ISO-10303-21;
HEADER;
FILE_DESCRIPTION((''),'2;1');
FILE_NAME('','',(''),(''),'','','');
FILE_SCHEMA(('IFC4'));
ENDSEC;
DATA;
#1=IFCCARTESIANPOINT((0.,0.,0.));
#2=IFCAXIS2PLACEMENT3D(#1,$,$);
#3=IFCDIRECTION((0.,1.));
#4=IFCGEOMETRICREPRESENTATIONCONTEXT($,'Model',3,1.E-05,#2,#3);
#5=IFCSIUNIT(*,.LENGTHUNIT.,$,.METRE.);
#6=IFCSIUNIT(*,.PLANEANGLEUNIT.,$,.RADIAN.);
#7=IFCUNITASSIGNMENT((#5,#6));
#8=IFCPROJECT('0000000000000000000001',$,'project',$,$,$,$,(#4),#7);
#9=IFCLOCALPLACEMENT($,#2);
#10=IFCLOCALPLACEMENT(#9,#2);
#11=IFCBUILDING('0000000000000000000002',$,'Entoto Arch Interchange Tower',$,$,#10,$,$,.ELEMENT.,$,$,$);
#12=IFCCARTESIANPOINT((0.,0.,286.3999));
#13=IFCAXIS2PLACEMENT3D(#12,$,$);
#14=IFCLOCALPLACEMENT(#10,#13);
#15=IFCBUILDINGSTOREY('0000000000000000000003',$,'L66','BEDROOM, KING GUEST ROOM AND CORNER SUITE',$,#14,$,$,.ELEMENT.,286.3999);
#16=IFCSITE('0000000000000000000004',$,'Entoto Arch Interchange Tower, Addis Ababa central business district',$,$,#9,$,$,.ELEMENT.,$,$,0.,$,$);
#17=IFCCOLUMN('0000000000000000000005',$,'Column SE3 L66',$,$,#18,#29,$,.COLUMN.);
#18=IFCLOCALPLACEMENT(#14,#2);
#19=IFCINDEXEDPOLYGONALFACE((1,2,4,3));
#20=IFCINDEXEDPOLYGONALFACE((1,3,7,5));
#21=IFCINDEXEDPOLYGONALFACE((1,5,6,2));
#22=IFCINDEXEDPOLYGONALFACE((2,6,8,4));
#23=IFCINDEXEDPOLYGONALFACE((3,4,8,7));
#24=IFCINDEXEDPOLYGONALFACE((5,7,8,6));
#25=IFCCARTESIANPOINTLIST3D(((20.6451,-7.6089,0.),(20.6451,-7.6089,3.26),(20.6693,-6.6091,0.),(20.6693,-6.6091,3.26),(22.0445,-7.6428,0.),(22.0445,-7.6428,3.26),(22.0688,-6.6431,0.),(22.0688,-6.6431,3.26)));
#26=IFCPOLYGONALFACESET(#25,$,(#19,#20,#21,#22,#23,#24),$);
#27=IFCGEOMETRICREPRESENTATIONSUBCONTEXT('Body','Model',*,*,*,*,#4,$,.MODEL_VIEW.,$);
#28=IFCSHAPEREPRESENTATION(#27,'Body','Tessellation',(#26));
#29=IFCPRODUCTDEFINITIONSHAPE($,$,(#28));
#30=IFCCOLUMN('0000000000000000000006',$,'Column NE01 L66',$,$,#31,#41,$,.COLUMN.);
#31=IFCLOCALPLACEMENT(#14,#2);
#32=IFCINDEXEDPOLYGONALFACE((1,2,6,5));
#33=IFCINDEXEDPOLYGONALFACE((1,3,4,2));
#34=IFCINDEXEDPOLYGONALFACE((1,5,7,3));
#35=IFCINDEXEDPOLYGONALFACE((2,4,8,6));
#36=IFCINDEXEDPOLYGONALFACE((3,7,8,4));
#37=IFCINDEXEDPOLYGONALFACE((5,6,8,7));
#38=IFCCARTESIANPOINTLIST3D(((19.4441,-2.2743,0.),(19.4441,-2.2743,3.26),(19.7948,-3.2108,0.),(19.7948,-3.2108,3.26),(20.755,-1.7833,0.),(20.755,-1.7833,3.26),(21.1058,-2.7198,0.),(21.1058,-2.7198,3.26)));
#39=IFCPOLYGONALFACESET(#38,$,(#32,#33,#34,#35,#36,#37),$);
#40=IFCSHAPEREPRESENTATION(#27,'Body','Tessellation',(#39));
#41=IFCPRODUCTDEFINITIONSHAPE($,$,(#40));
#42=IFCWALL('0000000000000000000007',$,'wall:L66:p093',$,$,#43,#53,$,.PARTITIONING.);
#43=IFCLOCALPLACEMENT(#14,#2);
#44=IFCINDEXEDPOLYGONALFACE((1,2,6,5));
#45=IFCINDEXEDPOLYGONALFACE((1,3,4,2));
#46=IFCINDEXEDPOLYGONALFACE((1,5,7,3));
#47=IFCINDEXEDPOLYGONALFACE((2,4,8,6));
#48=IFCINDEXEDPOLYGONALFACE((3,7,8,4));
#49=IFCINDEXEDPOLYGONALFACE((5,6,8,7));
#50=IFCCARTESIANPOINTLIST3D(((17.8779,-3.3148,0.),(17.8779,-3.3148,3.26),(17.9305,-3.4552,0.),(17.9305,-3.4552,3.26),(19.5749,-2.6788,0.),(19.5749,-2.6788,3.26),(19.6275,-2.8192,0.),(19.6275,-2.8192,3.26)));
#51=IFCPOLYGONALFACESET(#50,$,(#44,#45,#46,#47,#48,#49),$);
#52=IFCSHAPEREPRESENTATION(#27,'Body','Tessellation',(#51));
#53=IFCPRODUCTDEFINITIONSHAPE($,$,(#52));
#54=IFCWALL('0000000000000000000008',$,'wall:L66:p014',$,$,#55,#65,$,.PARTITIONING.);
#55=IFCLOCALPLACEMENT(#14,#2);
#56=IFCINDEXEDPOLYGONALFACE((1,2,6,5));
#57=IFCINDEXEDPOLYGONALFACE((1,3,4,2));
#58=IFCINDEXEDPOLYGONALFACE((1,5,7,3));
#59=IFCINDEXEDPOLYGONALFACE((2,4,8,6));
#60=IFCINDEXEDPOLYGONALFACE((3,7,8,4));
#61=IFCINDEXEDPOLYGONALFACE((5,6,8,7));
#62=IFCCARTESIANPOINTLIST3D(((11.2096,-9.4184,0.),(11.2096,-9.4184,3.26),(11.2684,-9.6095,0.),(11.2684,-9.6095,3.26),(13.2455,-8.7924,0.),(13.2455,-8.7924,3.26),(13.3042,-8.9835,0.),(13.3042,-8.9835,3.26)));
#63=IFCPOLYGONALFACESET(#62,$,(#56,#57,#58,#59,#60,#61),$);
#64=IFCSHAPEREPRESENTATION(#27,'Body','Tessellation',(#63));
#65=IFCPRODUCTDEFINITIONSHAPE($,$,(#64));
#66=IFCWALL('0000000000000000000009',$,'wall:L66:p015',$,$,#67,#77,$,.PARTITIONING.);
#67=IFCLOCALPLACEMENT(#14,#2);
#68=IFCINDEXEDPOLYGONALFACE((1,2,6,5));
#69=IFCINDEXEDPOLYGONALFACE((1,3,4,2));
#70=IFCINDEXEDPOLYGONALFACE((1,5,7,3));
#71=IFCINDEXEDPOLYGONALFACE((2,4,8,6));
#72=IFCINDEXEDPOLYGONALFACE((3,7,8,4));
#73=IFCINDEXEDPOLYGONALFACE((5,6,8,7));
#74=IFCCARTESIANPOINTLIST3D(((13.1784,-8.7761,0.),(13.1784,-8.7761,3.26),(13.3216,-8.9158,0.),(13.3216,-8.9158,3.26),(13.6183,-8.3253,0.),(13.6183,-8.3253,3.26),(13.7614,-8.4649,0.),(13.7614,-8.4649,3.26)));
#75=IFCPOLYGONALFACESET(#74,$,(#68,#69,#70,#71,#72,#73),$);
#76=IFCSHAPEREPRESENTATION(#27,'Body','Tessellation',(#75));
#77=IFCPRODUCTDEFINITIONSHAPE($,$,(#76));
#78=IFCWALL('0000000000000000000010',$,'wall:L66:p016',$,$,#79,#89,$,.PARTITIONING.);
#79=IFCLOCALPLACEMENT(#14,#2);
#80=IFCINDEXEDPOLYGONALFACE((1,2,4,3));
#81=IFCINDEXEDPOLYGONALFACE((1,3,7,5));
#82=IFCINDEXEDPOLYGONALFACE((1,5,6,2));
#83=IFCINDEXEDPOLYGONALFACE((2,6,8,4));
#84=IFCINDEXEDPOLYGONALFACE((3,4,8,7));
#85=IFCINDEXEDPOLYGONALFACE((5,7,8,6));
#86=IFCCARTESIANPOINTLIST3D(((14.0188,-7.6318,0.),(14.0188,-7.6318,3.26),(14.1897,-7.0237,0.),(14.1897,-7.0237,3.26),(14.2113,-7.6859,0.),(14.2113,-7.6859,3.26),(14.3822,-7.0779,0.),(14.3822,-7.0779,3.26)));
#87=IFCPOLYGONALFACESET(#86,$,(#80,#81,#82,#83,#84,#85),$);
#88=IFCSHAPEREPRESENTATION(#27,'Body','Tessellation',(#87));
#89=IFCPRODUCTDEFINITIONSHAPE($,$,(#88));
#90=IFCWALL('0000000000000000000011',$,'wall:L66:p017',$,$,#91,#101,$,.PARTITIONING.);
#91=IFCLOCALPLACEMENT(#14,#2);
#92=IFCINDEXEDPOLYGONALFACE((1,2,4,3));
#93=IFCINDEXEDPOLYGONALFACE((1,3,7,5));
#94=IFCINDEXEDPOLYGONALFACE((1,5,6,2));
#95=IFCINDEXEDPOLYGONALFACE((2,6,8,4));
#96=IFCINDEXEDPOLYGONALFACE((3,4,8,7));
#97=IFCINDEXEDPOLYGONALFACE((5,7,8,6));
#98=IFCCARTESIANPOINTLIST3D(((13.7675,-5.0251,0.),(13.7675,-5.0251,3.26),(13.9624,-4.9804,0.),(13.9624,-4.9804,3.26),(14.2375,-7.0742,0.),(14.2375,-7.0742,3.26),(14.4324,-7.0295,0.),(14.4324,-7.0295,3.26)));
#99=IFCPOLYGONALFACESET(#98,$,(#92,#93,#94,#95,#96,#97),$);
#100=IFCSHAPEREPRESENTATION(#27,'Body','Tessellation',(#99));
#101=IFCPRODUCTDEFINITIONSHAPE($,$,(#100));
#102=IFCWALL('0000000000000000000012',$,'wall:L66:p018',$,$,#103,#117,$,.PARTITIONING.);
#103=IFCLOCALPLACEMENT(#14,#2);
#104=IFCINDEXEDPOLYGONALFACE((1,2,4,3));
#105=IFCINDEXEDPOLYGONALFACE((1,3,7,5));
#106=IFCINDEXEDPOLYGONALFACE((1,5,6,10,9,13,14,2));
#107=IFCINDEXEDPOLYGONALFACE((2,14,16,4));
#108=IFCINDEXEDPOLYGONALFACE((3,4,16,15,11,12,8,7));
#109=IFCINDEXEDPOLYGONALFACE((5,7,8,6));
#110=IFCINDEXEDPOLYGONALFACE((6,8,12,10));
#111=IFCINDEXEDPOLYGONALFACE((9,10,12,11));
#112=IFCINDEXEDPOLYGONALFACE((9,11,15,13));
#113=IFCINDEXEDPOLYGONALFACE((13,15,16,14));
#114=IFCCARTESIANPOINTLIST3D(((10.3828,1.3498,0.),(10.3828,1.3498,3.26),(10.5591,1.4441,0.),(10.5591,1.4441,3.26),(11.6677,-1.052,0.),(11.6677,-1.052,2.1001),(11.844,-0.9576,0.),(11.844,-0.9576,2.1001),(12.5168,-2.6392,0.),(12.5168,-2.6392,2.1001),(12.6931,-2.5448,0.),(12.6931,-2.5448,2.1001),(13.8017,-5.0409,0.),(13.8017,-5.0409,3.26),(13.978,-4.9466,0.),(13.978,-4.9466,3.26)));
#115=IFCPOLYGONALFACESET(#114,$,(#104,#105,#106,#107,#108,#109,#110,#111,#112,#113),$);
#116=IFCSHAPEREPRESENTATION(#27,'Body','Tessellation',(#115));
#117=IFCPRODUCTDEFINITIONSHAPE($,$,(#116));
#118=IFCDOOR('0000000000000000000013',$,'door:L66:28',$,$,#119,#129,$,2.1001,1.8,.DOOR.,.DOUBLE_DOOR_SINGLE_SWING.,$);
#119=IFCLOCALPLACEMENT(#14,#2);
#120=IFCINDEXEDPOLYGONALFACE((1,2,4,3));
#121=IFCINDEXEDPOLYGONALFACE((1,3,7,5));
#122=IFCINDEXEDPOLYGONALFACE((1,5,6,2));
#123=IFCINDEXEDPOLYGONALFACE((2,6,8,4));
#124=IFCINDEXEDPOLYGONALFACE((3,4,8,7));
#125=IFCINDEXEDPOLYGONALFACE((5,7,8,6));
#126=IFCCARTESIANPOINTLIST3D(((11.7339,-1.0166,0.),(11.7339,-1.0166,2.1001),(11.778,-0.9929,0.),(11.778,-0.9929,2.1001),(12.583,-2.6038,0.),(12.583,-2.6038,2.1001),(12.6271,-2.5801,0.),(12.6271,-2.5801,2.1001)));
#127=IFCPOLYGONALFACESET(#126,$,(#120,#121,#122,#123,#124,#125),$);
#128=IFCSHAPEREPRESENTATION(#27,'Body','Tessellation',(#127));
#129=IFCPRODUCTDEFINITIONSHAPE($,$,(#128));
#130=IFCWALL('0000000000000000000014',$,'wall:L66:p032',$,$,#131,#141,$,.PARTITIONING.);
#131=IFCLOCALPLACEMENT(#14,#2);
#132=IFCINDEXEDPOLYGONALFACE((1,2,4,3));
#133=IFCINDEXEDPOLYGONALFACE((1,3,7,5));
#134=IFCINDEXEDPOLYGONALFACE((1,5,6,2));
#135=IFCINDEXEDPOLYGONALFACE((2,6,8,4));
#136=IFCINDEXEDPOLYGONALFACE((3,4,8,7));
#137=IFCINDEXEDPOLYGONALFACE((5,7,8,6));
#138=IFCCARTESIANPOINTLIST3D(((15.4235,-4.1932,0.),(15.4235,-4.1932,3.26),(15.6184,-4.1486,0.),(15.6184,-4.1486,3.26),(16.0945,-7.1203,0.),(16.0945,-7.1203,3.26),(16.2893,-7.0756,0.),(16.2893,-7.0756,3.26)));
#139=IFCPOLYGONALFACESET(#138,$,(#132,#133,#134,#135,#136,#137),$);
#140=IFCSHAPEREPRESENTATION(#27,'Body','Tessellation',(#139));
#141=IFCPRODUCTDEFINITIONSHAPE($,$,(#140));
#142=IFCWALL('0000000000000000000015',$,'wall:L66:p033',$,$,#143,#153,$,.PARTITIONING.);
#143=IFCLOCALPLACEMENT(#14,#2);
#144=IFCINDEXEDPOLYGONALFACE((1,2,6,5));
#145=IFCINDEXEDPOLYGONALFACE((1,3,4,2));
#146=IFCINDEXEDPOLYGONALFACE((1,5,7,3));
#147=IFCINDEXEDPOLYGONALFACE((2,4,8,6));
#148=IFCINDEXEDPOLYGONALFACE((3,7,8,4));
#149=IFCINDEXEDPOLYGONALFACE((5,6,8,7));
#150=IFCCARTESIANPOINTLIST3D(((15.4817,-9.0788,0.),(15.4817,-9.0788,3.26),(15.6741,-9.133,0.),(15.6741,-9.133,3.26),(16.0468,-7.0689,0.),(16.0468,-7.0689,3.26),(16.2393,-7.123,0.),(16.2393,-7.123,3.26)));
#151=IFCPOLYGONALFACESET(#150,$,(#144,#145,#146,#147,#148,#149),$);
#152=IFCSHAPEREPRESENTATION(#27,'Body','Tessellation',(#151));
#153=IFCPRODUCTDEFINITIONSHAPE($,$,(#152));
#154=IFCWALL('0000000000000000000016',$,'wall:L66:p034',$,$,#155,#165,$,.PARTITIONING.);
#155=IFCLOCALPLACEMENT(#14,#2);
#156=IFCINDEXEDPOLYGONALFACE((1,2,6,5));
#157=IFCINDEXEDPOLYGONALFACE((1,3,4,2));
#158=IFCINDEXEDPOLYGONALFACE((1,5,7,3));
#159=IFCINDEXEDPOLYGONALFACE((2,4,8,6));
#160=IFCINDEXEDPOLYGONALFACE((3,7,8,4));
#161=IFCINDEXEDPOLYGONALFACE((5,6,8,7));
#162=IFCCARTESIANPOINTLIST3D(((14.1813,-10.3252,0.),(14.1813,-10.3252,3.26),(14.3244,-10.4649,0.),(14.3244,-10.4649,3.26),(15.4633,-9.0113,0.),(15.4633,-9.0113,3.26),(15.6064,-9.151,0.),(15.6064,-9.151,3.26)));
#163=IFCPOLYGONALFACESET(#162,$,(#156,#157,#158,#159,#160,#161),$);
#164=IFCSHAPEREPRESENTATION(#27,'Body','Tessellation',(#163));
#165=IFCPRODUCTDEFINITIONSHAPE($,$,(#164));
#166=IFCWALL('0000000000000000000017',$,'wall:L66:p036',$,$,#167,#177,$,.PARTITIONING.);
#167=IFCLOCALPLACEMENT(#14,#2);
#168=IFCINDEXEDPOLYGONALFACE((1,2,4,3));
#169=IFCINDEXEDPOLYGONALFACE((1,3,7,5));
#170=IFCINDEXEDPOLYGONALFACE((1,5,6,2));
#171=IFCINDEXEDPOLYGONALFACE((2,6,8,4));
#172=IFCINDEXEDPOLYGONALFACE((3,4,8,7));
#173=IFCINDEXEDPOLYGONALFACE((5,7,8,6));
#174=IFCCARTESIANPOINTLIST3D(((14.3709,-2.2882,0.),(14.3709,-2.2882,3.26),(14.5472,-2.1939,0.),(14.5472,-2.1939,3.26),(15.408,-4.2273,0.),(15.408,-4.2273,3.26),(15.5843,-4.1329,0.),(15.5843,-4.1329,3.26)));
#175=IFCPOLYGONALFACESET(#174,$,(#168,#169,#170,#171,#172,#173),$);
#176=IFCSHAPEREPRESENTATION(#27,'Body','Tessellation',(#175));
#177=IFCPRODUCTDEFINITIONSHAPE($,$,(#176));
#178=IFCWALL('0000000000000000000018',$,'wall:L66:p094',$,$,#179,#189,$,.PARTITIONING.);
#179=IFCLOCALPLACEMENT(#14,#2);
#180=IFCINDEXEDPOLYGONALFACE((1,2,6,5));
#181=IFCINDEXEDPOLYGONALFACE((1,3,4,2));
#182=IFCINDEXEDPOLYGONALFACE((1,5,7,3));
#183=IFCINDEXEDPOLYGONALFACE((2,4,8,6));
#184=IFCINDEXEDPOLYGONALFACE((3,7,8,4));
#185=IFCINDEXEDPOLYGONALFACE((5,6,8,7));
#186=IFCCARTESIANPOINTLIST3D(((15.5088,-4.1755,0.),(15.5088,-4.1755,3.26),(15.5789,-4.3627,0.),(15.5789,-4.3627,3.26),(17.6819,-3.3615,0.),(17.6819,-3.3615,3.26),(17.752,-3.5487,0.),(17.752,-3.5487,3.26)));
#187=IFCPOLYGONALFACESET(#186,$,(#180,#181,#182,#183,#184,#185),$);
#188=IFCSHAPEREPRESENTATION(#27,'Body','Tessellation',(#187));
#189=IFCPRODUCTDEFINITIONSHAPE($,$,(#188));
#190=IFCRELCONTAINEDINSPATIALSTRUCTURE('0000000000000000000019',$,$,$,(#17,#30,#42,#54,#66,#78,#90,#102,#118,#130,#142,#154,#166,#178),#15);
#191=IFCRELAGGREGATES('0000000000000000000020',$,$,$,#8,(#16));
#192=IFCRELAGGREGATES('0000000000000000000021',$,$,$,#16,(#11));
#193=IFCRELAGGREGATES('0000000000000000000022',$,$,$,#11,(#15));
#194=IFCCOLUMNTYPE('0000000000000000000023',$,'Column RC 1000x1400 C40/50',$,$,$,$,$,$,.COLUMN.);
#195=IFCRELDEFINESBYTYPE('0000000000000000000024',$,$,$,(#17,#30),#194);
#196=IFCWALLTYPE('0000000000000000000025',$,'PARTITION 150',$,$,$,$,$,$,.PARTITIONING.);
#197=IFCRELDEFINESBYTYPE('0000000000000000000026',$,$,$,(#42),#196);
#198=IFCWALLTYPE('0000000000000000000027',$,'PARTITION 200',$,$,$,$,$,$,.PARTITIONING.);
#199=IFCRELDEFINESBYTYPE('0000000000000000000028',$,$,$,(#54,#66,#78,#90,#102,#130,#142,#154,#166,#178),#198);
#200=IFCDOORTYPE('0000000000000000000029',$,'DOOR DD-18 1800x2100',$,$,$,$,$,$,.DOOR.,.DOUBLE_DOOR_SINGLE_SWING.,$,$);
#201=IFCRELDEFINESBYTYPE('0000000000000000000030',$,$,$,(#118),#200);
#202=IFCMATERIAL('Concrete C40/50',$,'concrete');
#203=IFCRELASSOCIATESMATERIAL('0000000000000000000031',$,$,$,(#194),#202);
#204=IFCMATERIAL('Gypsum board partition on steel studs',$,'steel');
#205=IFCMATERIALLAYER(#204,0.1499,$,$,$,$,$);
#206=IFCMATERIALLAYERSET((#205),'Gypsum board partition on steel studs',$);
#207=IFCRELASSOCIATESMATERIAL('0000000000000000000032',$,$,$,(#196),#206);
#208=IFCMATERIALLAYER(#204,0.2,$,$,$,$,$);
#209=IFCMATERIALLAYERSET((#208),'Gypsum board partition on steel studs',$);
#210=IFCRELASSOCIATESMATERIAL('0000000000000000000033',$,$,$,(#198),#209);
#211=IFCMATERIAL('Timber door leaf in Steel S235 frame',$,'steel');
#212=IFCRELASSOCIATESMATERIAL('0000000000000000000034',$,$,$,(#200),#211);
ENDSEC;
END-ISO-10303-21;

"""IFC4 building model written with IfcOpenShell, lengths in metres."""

from ifc_helpers import new_model, si_unit, direction, frame, frame_2d, origin, origin_2d, place, context, subcontext, project, spatial, rectangle, extrude, material, layer, layer_set, material_profile, profile_set, type_object, element, fill, save


model = new_model("IFC4")

# Units and contexts
model_context = context("Model", 3, precision=1e-05, world=origin(), true_north=direction((0.0, 1.0)))
body_context = subcontext(model_context, "Body", "Model", "MODEL_VIEW")
ifc_project = project(units=[si_unit("LENGTHUNIT", "METRE"), si_unit("PLANEANGLEUNIT", "RADIAN")], contexts=[model_context])

# Site, building, storey
site_placement = place(None, origin())
site = spatial("IfcSite", under=ifc_project, at=site_placement, Name="Entoto Arch Interchange Tower, Addis Ababa central business district", CompositionType="ELEMENT", RefElevation=0.0)
building_placement = place(site_placement, origin())
building = spatial("IfcBuilding", under=site, at=building_placement, Name="Entoto Arch Interchange Tower", CompositionType="ELEMENT")
storey_placement = place(building_placement, frame((0.0, 0.0, 286.3999)))
storey = spatial("IfcBuildingStorey", under=building, at=storey_placement, Name="L66", Description="BEDROOM, KING GUEST ROOM AND CORNER SUITE", CompositionType="ELEMENT", Elevation=286.3999)

# Columns
ifc_material_1 = material(Name="Concrete C40/50", Category="concrete")
ifc_material_profile = material_profile(ifc_material_1, rectangle(XDim=1.0, YDim=1.3999, at=origin_2d()))
ifc_profile_set = profile_set([ifc_material_profile], Name="Concrete C40/50")
column_type = type_object("IfcColumnType", Name="Column RC 1000x1400 C40/50", PredefinedType="COLUMN", material=ifc_profile_set)
for number, where, z_axis, x_axis, name in (
    (1, (21.3569, -7.126, 0.0), (0.0, 0.0, 1.0), (0.024258, 0.999706, 0.0), "Column SE3 L66"),
    (2, (20.2749, -2.4971, 0.0), (0.0, 0.0, 1.0), (-0.350714, 0.936483, 0.0), "Column NE01 L66"),
):
    element("IfcColumn", number, at=place(storey_placement, frame(where, z_axis=z_axis, x_axis=x_axis)), inside=storey, type_object=column_type, Name=name, PredefinedType="COLUMN", context=body_context, shape_type="SweptSolid", body=[
        extrude(rectangle(XDim=1.0, YDim=1.3999, at=origin_2d()), origin(), (0.0, 0.0, 1.0), 3.26),
    ])

# Walls
ifc_material_2 = material(Name="Gypsum board partition on steel studs", Category="steel")
ifc_layer_1 = layer(ifc_material_2, 0.1499)
ifc_layer_set_1 = layer_set([ifc_layer_1], Name="Gypsum board partition on steel studs")
wall_type_1 = type_object("IfcWallType", Name="PARTITION 150", PredefinedType="PARTITIONING", material=ifc_layer_set_1)
wall_1_placement = place(storey_placement, frame((17.9041, -3.385, 0.0), z_axis=(0.0, 0.0, 1.0), x_axis=(0.936401, 0.350932, 0.0)))
element("IfcWall", 3, at=wall_1_placement, inside=storey, type_object=wall_type_1, Name="wall:L66:p093", PredefinedType="PARTITIONING", context=body_context, shape_type="SweptSolid", body=[
    extrude(rectangle(XDim=1.8123, YDim=0.1499, at=frame_2d((0.9062, 0.0))), origin(), (0.0, 0.0, 1.0), 3.26),
])
ifc_layer_2 = layer(ifc_material_2, 0.2)
ifc_layer_set_2 = layer_set([ifc_layer_2], Name="Gypsum board partition on steel studs")
wall_type_2 = type_object("IfcWallType", Name="PARTITION 200", PredefinedType="PARTITIONING", material=ifc_layer_set_2)
wall_2_placement = place(storey_placement, frame((11.239, -9.5139, 0.0), z_axis=(0.0, 0.0, 1.0), x_axis=(0.955838, 0.293893, 0.0)))
element("IfcWall", 4, at=wall_2_placement, inside=storey, type_object=wall_type_2, Name="wall:L66:p014", PredefinedType="PARTITIONING", context=body_context, shape_type="SweptSolid", body=[
    extrude(rectangle(XDim=2.1299, YDim=0.2, at=frame_2d((1.0649, 0.0))), origin(), (0.0, 0.0, 1.0), 3.26),
])
wall_3_placement = place(storey_placement, frame((13.25, -8.8459, 0.0), z_axis=(0.0, 0.0, 1.0), x_axis=(0.698334, 0.715772, 0.0)))
element("IfcWall", 5, at=wall_3_placement, inside=storey, type_object=wall_type_2, Name="wall:L66:p015", PredefinedType="PARTITIONING", context=body_context, shape_type="SweptSolid", body=[
    extrude(rectangle(XDim=0.6299, YDim=0.2, at=frame_2d((0.3149, 0.0))), origin(), (0.0, 0.0, 1.0), 3.26),
])
wall_4_placement = place(storey_placement, frame((14.115, -7.6589, 0.0), z_axis=(0.0, 0.0, 1.0), x_axis=(0.270634, 0.962682, 0.0)))
element("IfcWall", 6, at=wall_4_placement, inside=storey, type_object=wall_type_2, Name="wall:L66:p016", PredefinedType="PARTITIONING", context=body_context, shape_type="SweptSolid", body=[
    extrude(rectangle(XDim=0.6316, YDim=0.2, at=frame_2d((0.3159, 0.0))), origin(), (0.0, 0.0, 1.0), 3.26),
])
wall_5_placement = place(storey_placement, frame((14.335, -7.052, 0.0), z_axis=(0.0, 0.0, 1.0), x_axis=(-0.223553, 0.974692, 0.0)))
element("IfcWall", 7, at=wall_5_placement, inside=storey, type_object=wall_type_2, Name="wall:L66:p017", PredefinedType="PARTITIONING", context=body_context, shape_type="SweptSolid", body=[
    extrude(rectangle(XDim=2.1023, YDim=0.2, at=frame_2d((1.0513, 0.0))), origin(), (0.0, 0.0, 1.0), 3.26),
])

# Wall, opening, door
wall_6_placement = place(storey_placement, frame((13.8899, -4.9939, 0.0), z_axis=(0.0, 0.0, 1.0), x_axis=(-0.471714, 0.881752, 0.0)))
wall_6 = element("IfcWall", 8, at=wall_6_placement, inside=storey, type_object=wall_type_2, Name="wall:L66:p018", PredefinedType="PARTITIONING", context=body_context, shape_type="SweptSolid", body=[
    extrude(rectangle(XDim=7.2478, YDim=0.2, at=frame_2d((3.624, 0.0))), origin(), (0.0, 0.0, 1.0), 3.26),
])
opening_1_placement = place(wall_6_placement, frame((2.7241, 0.0, 0.0)))
opening_1 = element("IfcOpeningElement", 9, at=opening_1_placement, cuts=wall_6, PredefinedType="OPENING", context=body_context, shape_type="SweptSolid", body=[
    extrude(rectangle(XDim=1.8, YDim=2.1001, at=frame_2d((0.8999, 1.05))), frame((0.0, 0.1099, 0.0), z_axis=(0.0, -1.0, 0.0), x_axis=(1.0, 0.0, 0.0)), (0.0, 0.0, 1.0), 0.22),
])
ifc_material_3 = material(Name="Timber door leaf in Steel S235 frame", Category="steel")
door_type_1 = type_object("IfcDoorType", Name="DOOR DD-18 1800x2100", OperationType="DOUBLE_DOOR_SINGLE_SWING", PredefinedType="DOOR", material=ifc_material_3)
door_1_placement = place(opening_1_placement, origin())
door_1 = element("IfcDoor", 10, at=door_1_placement, inside=storey, type_object=door_type_1, Name="door:L66:28", OperationType="DOUBLE_DOOR_SINGLE_SWING", OverallHeight=2.1001, OverallWidth=1.8, PredefinedType="DOOR", context=body_context, shape_type="SweptSolid", body=[
    extrude(rectangle(XDim=1.8, YDim=2.1001, at=frame_2d((0.8999, 1.05))), frame((0.0, 0.0249, 0.0), z_axis=(0.0, -1.0, 0.0), x_axis=(1.0, 0.0, 0.0)), (0.0, 0.0, 1.0), 0.05),
])
fill(opening_1, door_1)

# Walls
wall_7_placement = place(storey_placement, frame((15.521, -4.1709, 0.0), z_axis=(0.0, 0.0, 1.0), x_axis=(0.223416, -0.974723, 0.0)))
element("IfcWall", 11, at=wall_7_placement, inside=storey, type_object=wall_type_2, Name="wall:L66:p032", PredefinedType="PARTITIONING", context=body_context, shape_type="SweptSolid", body=[
    extrude(rectangle(XDim=3.0029, YDim=0.2, at=frame_2d((1.5015, 0.0))), origin(), (0.0, 0.0, 1.0), 3.26),
])
wall_8_placement = place(storey_placement, frame((16.1431, -7.0959, 0.0), z_axis=(0.0, 0.0, 1.0), x_axis=(-0.270688, -0.962667, 0.0)))
element("IfcWall", 12, at=wall_8_placement, inside=storey, type_object=wall_type_2, Name="wall:L66:p033", PredefinedType="PARTITIONING", context=body_context, shape_type="SweptSolid", body=[
    extrude(rectangle(XDim=2.0879, YDim=0.2, at=frame_2d((1.0439, 0.0))), origin(), (0.0, 0.0, 1.0), 3.26),
])
wall_9_placement = place(storey_placement, frame((15.5349, -9.0811, 0.0), z_axis=(0.0, 0.0, 1.0), x_axis=(-0.698342, -0.715764, 0.0)))
element("IfcWall", 13, at=wall_9_placement, inside=storey, type_object=wall_type_2, Name="wall:L66:p034", PredefinedType="PARTITIONING", context=body_context, shape_type="SweptSolid", body=[
    extrude(rectangle(XDim=1.8357, YDim=0.2, at=frame_2d((0.918, 0.0))), origin(), (0.0, 0.0, 1.0), 3.26),
])
wall_10_placement = place(storey_placement, frame((14.459, -2.241, 0.0), z_axis=(0.0, 0.0, 1.0), x_axis=(0.471648, -0.881787, 0.0)))
element("IfcWall", 14, at=wall_10_placement, inside=storey, type_object=wall_type_2, Name="wall:L66:p036", PredefinedType="PARTITIONING", context=body_context, shape_type="SweptSolid", body=[
    extrude(rectangle(XDim=2.199, YDim=0.2, at=frame_2d((1.0996, 0.0))), origin(), (0.0, 0.0, 1.0), 3.26),
])
wall_11_placement = place(storey_placement, frame((15.5439, -4.269, 0.0), z_axis=(0.0, 0.0, 1.0), x_axis=(0.936463, 0.350766, 0.0)))
element("IfcWall", 15, at=wall_11_placement, inside=storey, type_object=wall_type_2, Name="wall:L66:p094", PredefinedType="PARTITIONING", context=body_context, shape_type="SweptSolid", body=[
    extrude(rectangle(XDim=2.3206, YDim=0.2, at=frame_2d((1.1602, 0.0))), origin(), (0.0, 0.0, 1.0), 3.26),
])

save(model, "model.ifc")
